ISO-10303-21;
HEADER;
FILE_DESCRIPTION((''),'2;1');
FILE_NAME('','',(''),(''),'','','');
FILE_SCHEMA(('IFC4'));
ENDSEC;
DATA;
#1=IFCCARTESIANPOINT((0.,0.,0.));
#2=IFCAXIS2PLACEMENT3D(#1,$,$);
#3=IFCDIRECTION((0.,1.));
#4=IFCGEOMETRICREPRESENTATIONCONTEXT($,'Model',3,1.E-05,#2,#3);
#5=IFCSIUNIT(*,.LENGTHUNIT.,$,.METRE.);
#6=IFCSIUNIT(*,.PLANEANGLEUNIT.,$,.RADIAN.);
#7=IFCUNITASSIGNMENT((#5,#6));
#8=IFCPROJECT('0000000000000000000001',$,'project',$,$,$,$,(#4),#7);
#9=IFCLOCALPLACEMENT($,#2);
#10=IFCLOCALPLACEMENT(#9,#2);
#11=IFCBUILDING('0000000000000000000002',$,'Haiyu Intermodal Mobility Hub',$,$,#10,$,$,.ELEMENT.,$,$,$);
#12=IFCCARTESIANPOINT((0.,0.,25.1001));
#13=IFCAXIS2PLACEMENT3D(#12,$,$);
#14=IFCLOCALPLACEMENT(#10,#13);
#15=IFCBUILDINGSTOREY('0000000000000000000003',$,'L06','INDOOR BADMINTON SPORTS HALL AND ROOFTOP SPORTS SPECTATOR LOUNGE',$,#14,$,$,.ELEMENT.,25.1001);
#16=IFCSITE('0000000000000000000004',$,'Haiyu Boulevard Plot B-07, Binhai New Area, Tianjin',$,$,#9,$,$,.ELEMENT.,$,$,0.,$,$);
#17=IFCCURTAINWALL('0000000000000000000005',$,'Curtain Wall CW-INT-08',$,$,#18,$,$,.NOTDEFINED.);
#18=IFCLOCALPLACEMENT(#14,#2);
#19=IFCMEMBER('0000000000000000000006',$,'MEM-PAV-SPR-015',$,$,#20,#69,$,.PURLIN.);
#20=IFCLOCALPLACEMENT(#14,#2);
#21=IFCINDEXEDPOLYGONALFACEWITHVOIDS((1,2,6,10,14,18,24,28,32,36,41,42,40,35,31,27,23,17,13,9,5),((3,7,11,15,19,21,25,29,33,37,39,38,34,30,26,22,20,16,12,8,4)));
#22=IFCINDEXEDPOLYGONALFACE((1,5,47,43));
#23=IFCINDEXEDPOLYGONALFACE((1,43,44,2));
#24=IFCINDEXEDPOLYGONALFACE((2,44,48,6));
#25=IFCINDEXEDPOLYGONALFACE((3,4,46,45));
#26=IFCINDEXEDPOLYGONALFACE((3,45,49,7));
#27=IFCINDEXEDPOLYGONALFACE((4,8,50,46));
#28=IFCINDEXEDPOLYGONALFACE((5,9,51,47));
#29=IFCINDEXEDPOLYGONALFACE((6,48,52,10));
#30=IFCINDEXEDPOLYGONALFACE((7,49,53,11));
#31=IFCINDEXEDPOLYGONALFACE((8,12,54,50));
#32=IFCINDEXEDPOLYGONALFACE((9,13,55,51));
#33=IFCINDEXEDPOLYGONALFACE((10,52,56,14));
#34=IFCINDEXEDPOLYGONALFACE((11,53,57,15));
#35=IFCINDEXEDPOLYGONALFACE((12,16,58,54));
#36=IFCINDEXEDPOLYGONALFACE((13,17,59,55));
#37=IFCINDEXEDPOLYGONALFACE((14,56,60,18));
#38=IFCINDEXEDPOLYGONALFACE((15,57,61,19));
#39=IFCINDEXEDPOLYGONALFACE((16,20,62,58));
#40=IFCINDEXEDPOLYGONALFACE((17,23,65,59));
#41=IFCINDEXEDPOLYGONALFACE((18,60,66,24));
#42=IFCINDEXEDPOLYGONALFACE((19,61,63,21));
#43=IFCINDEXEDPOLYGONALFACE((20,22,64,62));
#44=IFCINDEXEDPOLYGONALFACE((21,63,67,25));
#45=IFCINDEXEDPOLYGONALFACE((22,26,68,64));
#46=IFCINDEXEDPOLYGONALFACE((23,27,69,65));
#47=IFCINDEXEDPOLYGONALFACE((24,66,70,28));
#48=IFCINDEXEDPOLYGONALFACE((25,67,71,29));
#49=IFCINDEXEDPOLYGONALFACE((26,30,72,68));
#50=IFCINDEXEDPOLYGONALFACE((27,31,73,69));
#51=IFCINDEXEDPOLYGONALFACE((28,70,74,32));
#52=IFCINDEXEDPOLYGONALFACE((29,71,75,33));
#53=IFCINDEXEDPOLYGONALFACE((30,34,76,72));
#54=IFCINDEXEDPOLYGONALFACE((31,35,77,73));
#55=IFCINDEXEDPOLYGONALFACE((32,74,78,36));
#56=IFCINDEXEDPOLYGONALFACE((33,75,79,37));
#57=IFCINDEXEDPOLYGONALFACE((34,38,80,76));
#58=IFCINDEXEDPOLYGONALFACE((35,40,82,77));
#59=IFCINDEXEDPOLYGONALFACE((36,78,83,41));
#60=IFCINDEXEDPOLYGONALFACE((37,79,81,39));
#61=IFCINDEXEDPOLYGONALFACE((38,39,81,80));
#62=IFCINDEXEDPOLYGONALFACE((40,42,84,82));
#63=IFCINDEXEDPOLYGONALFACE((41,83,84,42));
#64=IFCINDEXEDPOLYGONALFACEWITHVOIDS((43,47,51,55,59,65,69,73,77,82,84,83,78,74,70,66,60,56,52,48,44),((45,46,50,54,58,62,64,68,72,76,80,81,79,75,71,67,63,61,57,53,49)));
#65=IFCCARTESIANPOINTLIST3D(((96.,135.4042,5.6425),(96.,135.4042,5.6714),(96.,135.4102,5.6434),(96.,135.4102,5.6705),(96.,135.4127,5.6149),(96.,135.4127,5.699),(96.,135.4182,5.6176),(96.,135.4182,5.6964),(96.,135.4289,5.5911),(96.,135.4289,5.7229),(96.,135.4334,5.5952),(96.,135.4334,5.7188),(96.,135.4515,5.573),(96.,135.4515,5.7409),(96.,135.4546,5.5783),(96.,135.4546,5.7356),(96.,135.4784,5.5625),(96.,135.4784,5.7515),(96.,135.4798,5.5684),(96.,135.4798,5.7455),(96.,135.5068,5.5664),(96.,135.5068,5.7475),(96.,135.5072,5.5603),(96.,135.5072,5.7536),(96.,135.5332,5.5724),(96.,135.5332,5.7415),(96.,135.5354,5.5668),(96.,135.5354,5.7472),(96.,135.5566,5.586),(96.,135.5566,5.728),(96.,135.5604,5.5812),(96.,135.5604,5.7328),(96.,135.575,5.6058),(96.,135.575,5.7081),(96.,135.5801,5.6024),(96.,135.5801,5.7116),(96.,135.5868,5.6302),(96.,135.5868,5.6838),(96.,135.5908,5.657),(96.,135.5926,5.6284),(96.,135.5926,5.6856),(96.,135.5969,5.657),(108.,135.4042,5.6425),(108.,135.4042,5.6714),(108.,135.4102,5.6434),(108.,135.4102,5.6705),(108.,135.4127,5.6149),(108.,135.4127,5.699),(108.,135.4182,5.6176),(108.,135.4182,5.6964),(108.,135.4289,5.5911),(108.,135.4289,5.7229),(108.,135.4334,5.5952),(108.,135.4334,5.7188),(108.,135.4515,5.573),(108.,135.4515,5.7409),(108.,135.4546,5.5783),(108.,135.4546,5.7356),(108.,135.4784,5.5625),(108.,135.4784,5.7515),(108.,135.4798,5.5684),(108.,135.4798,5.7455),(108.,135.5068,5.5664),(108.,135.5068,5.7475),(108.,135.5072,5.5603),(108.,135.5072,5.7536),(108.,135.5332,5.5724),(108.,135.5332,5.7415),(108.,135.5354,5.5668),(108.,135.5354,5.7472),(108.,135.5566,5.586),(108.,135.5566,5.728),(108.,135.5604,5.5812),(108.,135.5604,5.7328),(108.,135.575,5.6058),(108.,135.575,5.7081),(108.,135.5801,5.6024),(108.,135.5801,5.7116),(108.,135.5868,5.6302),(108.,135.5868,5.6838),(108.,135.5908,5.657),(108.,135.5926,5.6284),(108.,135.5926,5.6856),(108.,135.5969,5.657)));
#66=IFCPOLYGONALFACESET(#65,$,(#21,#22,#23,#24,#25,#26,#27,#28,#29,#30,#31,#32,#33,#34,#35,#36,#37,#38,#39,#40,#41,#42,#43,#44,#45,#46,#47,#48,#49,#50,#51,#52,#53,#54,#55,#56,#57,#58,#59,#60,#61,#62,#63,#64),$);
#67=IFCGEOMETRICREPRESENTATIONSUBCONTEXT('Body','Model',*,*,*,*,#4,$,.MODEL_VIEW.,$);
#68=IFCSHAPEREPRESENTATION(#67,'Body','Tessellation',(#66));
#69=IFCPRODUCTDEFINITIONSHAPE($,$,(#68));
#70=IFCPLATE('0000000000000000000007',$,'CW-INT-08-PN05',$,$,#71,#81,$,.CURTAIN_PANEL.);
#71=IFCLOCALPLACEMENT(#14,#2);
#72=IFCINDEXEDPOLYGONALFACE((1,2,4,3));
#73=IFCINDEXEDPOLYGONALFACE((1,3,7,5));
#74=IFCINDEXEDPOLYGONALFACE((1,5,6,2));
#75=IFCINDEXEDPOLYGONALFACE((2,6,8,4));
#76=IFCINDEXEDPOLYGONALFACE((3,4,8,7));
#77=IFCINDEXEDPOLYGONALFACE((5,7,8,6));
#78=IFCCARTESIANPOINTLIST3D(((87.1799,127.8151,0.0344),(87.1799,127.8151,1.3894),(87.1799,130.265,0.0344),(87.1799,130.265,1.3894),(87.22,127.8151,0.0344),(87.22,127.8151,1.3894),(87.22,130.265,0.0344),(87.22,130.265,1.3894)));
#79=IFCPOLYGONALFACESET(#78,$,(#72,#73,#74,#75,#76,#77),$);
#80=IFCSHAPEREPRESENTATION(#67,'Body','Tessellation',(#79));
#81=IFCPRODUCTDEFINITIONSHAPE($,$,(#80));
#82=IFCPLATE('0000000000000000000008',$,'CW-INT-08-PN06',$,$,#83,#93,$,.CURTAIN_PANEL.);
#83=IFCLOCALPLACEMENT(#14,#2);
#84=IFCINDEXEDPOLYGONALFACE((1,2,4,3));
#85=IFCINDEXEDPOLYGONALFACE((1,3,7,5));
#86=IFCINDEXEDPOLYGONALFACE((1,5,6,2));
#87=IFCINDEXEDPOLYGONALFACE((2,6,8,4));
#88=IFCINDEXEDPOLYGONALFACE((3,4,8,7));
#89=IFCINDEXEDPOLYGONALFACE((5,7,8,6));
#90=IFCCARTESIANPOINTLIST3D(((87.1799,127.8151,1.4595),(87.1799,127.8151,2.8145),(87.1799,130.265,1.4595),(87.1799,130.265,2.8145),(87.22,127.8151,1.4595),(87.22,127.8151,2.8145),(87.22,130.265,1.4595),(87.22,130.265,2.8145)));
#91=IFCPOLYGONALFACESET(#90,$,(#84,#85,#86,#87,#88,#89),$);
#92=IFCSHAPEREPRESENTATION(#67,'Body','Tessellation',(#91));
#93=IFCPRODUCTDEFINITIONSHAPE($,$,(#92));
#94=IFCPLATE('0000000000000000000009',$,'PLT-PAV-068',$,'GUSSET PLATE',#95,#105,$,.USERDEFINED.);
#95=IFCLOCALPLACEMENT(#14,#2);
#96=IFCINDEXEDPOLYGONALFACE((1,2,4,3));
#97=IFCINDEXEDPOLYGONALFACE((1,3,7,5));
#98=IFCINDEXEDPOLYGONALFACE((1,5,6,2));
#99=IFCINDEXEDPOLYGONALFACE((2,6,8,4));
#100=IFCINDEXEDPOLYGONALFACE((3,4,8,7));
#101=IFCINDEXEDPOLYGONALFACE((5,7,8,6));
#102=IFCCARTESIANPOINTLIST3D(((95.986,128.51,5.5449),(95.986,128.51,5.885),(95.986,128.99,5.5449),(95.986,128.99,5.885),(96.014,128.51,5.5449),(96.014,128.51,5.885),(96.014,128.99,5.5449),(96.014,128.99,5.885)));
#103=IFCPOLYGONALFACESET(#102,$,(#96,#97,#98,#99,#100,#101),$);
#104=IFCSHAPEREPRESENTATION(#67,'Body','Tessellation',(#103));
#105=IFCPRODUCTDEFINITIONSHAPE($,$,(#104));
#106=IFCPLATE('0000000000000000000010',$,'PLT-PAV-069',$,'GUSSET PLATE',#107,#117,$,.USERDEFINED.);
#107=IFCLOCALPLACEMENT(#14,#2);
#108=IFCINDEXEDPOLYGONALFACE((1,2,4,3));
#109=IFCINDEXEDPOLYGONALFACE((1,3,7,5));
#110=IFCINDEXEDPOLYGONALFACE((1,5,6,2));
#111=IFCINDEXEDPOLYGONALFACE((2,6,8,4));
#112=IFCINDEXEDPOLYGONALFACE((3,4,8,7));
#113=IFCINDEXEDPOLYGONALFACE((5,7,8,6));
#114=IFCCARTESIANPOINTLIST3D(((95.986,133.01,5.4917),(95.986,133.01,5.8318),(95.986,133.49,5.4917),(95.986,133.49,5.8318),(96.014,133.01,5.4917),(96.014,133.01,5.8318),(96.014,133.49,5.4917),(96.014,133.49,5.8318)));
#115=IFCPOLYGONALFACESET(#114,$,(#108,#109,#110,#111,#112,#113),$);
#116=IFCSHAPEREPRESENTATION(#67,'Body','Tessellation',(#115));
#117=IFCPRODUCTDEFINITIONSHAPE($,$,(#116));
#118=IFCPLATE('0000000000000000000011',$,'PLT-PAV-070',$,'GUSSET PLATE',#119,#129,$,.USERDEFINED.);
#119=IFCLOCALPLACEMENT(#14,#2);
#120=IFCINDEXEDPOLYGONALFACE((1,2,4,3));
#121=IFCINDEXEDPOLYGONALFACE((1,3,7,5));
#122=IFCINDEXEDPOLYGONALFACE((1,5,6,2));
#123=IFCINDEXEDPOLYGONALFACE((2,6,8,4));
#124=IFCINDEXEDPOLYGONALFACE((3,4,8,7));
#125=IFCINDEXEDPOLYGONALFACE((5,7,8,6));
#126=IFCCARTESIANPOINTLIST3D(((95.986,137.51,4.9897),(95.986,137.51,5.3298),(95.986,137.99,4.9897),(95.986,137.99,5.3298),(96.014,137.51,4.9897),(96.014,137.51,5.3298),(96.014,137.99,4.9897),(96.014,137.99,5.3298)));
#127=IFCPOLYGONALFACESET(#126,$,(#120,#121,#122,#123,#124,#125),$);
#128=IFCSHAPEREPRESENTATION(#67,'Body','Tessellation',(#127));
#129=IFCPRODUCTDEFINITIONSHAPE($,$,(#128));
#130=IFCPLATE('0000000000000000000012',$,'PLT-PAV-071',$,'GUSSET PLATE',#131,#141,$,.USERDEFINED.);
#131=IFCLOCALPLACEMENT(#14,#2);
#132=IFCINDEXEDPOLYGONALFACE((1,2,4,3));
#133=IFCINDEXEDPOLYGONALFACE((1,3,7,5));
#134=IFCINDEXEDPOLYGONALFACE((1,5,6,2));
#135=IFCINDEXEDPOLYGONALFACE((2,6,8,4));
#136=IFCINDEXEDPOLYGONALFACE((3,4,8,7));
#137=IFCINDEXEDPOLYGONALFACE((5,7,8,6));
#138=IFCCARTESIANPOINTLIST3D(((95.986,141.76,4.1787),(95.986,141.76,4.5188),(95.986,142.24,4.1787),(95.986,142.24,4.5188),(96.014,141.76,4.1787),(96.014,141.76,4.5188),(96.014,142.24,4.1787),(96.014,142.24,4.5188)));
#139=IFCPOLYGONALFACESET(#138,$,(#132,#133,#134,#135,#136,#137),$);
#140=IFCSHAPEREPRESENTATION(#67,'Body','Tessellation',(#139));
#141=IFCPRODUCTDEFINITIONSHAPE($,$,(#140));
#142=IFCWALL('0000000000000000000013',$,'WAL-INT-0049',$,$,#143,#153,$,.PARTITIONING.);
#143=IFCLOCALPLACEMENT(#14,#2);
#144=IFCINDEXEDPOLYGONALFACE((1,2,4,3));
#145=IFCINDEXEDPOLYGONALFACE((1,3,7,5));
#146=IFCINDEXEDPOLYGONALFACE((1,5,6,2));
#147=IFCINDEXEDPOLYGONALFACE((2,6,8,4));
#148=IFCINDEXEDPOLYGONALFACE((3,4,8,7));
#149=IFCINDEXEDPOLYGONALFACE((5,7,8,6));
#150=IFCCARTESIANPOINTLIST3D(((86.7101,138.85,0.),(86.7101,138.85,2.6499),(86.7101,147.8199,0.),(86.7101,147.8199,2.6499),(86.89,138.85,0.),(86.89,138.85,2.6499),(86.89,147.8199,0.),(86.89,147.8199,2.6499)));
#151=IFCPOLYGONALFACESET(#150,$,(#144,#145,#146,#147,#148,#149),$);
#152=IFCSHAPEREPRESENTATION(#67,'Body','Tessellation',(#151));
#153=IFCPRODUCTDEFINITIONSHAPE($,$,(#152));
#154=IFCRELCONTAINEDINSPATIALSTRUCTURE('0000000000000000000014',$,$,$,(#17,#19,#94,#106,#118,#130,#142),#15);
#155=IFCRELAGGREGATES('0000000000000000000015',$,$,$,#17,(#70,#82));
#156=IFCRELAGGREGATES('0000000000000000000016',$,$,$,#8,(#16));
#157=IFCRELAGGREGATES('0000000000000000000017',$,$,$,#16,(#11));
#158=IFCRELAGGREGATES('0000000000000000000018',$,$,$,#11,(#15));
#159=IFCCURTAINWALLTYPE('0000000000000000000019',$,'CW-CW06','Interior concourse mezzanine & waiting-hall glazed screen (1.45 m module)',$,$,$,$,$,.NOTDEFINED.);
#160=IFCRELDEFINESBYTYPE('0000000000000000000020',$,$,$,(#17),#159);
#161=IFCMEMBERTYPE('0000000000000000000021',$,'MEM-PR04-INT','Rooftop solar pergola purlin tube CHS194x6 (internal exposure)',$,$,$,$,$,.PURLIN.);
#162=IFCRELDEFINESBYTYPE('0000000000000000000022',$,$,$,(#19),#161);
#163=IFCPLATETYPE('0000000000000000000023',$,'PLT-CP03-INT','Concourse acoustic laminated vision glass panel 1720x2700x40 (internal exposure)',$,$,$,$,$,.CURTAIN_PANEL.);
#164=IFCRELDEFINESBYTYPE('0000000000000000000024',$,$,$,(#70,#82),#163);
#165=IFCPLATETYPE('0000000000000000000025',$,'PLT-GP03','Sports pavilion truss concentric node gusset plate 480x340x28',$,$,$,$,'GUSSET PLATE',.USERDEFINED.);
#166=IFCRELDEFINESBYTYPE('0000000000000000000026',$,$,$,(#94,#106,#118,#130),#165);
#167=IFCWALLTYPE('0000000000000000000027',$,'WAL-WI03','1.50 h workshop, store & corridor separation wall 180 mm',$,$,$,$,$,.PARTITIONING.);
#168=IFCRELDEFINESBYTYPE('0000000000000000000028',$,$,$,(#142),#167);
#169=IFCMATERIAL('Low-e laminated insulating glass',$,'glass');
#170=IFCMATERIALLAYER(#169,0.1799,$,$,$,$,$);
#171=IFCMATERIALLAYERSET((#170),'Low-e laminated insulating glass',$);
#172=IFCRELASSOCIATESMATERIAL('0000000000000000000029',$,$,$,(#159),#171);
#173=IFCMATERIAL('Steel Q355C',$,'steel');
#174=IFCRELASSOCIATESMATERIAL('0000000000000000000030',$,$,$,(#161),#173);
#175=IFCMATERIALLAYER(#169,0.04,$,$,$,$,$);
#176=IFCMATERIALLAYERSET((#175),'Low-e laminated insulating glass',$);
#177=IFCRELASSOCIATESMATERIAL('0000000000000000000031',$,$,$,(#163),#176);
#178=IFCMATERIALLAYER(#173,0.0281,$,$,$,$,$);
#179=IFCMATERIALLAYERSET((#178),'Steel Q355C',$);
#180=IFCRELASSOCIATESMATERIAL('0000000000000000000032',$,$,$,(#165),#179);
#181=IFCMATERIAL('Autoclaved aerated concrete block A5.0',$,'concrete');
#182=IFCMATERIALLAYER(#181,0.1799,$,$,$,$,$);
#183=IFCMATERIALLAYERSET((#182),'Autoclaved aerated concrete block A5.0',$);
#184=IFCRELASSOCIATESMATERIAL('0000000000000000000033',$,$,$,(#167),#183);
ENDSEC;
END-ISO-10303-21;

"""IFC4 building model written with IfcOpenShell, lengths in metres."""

from ifc_helpers import new_model, si_unit, direction, frame, frame_2d, origin, origin_2d, place, context, subcontext, project, spatial, rectangle, hollow_circle, extrude, material, layer, layer_set, material_profile, profile_set, type_object, element, aggregate, save


model = new_model("IFC4")

# Units and contexts
model_context = context("Model", 3, precision=1e-05, world=origin(), true_north=direction((0.0, 1.0)))
body_context = subcontext(model_context, "Body", "Model", "MODEL_VIEW")
ifc_project = project(units=[si_unit("LENGTHUNIT", "METRE"), si_unit("PLANEANGLEUNIT", "RADIAN")], contexts=[model_context])

# Site, building, storey
site_placement = place(None, origin())
site = spatial("IfcSite", under=ifc_project, at=site_placement, Name="Haiyu Boulevard Plot B-07, Binhai New Area, Tianjin", CompositionType="ELEMENT", RefElevation=0.0)
building_placement = place(site_placement, origin())
building = spatial("IfcBuilding", under=site, at=building_placement, Name="Haiyu Intermodal Mobility Hub", CompositionType="ELEMENT")
storey_placement = place(building_placement, frame((0.0, 0.0, 25.1001)))
storey = spatial("IfcBuildingStorey", under=building, at=storey_placement, Name="L06", Description="INDOOR BADMINTON SPORTS HALL AND ROOFTOP SPORTS SPECTATOR LOUNGE", CompositionType="ELEMENT", Elevation=25.1001)

# Curtain wall
ifc_material_1 = material(Name="Low-e laminated insulating glass", Category="glass")
ifc_layer_1 = layer(ifc_material_1, 0.1799)
ifc_layer_set_1 = layer_set([ifc_layer_1], Name="Low-e laminated insulating glass")
curtain_wall_type = type_object("IfcCurtainWallType", Name="CW-CW06", Description="Interior concourse mezzanine & waiting-hall glazed screen (1.45 m module)", PredefinedType="NOTDEFINED", material=ifc_layer_set_1)
curtain_wall_placement = place(storey_placement, origin())
curtain_wall = element("IfcCurtainWall", 1, at=curtain_wall_placement, inside=storey, type_object=curtain_wall_type, Name="Curtain Wall CW-INT-08", PredefinedType="NOTDEFINED")

# Member
ifc_material_2 = material(Name="Steel Q355C", Category="steel")
ifc_material_profile_1 = material_profile(ifc_material_2, hollow_circle(Radius=0.0969, WallThickness=0.0061, at=origin_2d()), Name="CHS194x6")
ifc_profile_set_1 = profile_set([ifc_material_profile_1], Name="Steel Q355C")
member_type_1 = type_object("IfcMemberType", Name="MEM-PR04-INT", Description="Rooftop solar pergola purlin tube CHS194x6 (internal exposure)", PredefinedType="PURLIN", material=ifc_profile_set_1)
member_1_placement = place(storey_placement, frame((96.0, 135.5, 5.657), z_axis=(1.0, 0.0, 0.0), x_axis=(0.0, 1.0, 0.0)))
element("IfcMember", 2, at=member_1_placement, inside=storey, type_object=member_type_1, Name="MEM-PAV-SPR-015", PredefinedType="PURLIN", context=body_context, shape_type="SweptSolid", body=[
    extrude(hollow_circle(Radius=0.0969, WallThickness=0.0061, at=origin_2d()), origin(), (0.0, 0.0, 1.0), 12.0),
])

# Plates
ifc_layer_2 = layer(ifc_material_1, 0.04)
ifc_layer_set_2 = layer_set([ifc_layer_2], Name="Low-e laminated insulating glass")
plate_type_1 = type_object("IfcPlateType", Name="PLT-CP03-INT", Description="Concourse acoustic laminated vision glass panel 1720x2700x40 (internal exposure)", PredefinedType="CURTAIN_PANEL", material=ifc_layer_set_2)
plate_1_placement = place(storey_placement, frame((87.2, 129.04, 0.0344), z_axis=(0.0, 0.0, 1.0), x_axis=(0.0, 1.0, 0.0)))
plate_1 = element("IfcPlate", 3, at=plate_1_placement, type_object=plate_type_1, Name="CW-INT-08-PN05", PredefinedType="CURTAIN_PANEL", context=body_context, shape_type="SweptSolid", body=[
    extrude(rectangle(XDim=2.45, YDim=0.04, at=origin_2d()), origin(), (0.0, 0.0, 1.0), 1.355),
])
plate_2_placement = place(storey_placement, frame((87.2, 129.04, 1.4595), z_axis=(0.0, 0.0, 1.0), x_axis=(0.0, 1.0, 0.0)))
plate_2 = element("IfcPlate", 4, at=plate_2_placement, type_object=plate_type_1, Name="CW-INT-08-PN06", PredefinedType="CURTAIN_PANEL", context=body_context, shape_type="SweptSolid", body=[
    extrude(rectangle(XDim=2.45, YDim=0.04, at=origin_2d()), origin(), (0.0, 0.0, 1.0), 1.355),
])
aggregate(curtain_wall, [plate_1, plate_2])

# Plates
ifc_layer_3 = layer(ifc_material_2, 0.0281)
ifc_layer_set_3 = layer_set([ifc_layer_3], Name="Steel Q355C")
plate_type_2 = type_object("IfcPlateType", Name="PLT-GP03", Description="Sports pavilion truss concentric node gusset plate 480x340x28", ElementType="GUSSET PLATE", PredefinedType="USERDEFINED", material=ifc_layer_set_3)
for number, where, z_axis, x_axis, name in (
    (5, (96.0, 128.75, 5.5449), (0.0, 0.0, 1.0), (1.0, 0.0, 0.0), "PLT-PAV-068"),
    (6, (96.0, 133.25, 5.4917), (0.0, 0.0, 1.0), (1.0, 0.0, 0.0), "PLT-PAV-069"),
    (7, (96.0, 137.75, 4.9897), (0.0, 0.0, 1.0), (1.0, 0.0, 0.0), "PLT-PAV-070"),
    (8, (96.0, 142.0, 4.1787), (0.0, 0.0, 1.0), (1.0, 0.0, 0.0), "PLT-PAV-071"),
):
    element("IfcPlate", number, at=place(storey_placement, frame(where, z_axis=z_axis, x_axis=x_axis)), inside=storey, type_object=plate_type_2, Name=name, ObjectType="GUSSET PLATE", PredefinedType="USERDEFINED", context=body_context, shape_type="SweptSolid", body=[
        extrude(rectangle(XDim=0.0281, YDim=0.48, at=origin_2d()), origin(), (0.0, 0.0, 1.0), 0.3401),
    ])

# Wall
ifc_material_3 = material(Name="Autoclaved aerated concrete block A5.0", Category="concrete")
ifc_layer_4 = layer(ifc_material_3, 0.1799)
ifc_layer_set_4 = layer_set([ifc_layer_4], Name="Autoclaved aerated concrete block A5.0")
wall_type = type_object("IfcWallType", Name="WAL-WI03", Description="1.50 h workshop, store & corridor separation wall 180 mm", PredefinedType="PARTITIONING", material=ifc_layer_set_4)
wall_placement = place(storey_placement, frame((86.8, 138.8501, 0.0), z_axis=(0.0, 0.0, 1.0), x_axis=(0.0, 1.0, 0.0)))
element("IfcWall", 9, at=wall_placement, inside=storey, type_object=wall_type, Name="WAL-INT-0049", PredefinedType="PARTITIONING", context=body_context, shape_type="SweptSolid", body=[
    extrude(rectangle(XDim=8.97, YDim=0.1799, at=frame_2d((4.4849, 0.0))), origin(), (0.0, 0.0, 1.0), 2.6499),
])

save(model, "model.ifc")
